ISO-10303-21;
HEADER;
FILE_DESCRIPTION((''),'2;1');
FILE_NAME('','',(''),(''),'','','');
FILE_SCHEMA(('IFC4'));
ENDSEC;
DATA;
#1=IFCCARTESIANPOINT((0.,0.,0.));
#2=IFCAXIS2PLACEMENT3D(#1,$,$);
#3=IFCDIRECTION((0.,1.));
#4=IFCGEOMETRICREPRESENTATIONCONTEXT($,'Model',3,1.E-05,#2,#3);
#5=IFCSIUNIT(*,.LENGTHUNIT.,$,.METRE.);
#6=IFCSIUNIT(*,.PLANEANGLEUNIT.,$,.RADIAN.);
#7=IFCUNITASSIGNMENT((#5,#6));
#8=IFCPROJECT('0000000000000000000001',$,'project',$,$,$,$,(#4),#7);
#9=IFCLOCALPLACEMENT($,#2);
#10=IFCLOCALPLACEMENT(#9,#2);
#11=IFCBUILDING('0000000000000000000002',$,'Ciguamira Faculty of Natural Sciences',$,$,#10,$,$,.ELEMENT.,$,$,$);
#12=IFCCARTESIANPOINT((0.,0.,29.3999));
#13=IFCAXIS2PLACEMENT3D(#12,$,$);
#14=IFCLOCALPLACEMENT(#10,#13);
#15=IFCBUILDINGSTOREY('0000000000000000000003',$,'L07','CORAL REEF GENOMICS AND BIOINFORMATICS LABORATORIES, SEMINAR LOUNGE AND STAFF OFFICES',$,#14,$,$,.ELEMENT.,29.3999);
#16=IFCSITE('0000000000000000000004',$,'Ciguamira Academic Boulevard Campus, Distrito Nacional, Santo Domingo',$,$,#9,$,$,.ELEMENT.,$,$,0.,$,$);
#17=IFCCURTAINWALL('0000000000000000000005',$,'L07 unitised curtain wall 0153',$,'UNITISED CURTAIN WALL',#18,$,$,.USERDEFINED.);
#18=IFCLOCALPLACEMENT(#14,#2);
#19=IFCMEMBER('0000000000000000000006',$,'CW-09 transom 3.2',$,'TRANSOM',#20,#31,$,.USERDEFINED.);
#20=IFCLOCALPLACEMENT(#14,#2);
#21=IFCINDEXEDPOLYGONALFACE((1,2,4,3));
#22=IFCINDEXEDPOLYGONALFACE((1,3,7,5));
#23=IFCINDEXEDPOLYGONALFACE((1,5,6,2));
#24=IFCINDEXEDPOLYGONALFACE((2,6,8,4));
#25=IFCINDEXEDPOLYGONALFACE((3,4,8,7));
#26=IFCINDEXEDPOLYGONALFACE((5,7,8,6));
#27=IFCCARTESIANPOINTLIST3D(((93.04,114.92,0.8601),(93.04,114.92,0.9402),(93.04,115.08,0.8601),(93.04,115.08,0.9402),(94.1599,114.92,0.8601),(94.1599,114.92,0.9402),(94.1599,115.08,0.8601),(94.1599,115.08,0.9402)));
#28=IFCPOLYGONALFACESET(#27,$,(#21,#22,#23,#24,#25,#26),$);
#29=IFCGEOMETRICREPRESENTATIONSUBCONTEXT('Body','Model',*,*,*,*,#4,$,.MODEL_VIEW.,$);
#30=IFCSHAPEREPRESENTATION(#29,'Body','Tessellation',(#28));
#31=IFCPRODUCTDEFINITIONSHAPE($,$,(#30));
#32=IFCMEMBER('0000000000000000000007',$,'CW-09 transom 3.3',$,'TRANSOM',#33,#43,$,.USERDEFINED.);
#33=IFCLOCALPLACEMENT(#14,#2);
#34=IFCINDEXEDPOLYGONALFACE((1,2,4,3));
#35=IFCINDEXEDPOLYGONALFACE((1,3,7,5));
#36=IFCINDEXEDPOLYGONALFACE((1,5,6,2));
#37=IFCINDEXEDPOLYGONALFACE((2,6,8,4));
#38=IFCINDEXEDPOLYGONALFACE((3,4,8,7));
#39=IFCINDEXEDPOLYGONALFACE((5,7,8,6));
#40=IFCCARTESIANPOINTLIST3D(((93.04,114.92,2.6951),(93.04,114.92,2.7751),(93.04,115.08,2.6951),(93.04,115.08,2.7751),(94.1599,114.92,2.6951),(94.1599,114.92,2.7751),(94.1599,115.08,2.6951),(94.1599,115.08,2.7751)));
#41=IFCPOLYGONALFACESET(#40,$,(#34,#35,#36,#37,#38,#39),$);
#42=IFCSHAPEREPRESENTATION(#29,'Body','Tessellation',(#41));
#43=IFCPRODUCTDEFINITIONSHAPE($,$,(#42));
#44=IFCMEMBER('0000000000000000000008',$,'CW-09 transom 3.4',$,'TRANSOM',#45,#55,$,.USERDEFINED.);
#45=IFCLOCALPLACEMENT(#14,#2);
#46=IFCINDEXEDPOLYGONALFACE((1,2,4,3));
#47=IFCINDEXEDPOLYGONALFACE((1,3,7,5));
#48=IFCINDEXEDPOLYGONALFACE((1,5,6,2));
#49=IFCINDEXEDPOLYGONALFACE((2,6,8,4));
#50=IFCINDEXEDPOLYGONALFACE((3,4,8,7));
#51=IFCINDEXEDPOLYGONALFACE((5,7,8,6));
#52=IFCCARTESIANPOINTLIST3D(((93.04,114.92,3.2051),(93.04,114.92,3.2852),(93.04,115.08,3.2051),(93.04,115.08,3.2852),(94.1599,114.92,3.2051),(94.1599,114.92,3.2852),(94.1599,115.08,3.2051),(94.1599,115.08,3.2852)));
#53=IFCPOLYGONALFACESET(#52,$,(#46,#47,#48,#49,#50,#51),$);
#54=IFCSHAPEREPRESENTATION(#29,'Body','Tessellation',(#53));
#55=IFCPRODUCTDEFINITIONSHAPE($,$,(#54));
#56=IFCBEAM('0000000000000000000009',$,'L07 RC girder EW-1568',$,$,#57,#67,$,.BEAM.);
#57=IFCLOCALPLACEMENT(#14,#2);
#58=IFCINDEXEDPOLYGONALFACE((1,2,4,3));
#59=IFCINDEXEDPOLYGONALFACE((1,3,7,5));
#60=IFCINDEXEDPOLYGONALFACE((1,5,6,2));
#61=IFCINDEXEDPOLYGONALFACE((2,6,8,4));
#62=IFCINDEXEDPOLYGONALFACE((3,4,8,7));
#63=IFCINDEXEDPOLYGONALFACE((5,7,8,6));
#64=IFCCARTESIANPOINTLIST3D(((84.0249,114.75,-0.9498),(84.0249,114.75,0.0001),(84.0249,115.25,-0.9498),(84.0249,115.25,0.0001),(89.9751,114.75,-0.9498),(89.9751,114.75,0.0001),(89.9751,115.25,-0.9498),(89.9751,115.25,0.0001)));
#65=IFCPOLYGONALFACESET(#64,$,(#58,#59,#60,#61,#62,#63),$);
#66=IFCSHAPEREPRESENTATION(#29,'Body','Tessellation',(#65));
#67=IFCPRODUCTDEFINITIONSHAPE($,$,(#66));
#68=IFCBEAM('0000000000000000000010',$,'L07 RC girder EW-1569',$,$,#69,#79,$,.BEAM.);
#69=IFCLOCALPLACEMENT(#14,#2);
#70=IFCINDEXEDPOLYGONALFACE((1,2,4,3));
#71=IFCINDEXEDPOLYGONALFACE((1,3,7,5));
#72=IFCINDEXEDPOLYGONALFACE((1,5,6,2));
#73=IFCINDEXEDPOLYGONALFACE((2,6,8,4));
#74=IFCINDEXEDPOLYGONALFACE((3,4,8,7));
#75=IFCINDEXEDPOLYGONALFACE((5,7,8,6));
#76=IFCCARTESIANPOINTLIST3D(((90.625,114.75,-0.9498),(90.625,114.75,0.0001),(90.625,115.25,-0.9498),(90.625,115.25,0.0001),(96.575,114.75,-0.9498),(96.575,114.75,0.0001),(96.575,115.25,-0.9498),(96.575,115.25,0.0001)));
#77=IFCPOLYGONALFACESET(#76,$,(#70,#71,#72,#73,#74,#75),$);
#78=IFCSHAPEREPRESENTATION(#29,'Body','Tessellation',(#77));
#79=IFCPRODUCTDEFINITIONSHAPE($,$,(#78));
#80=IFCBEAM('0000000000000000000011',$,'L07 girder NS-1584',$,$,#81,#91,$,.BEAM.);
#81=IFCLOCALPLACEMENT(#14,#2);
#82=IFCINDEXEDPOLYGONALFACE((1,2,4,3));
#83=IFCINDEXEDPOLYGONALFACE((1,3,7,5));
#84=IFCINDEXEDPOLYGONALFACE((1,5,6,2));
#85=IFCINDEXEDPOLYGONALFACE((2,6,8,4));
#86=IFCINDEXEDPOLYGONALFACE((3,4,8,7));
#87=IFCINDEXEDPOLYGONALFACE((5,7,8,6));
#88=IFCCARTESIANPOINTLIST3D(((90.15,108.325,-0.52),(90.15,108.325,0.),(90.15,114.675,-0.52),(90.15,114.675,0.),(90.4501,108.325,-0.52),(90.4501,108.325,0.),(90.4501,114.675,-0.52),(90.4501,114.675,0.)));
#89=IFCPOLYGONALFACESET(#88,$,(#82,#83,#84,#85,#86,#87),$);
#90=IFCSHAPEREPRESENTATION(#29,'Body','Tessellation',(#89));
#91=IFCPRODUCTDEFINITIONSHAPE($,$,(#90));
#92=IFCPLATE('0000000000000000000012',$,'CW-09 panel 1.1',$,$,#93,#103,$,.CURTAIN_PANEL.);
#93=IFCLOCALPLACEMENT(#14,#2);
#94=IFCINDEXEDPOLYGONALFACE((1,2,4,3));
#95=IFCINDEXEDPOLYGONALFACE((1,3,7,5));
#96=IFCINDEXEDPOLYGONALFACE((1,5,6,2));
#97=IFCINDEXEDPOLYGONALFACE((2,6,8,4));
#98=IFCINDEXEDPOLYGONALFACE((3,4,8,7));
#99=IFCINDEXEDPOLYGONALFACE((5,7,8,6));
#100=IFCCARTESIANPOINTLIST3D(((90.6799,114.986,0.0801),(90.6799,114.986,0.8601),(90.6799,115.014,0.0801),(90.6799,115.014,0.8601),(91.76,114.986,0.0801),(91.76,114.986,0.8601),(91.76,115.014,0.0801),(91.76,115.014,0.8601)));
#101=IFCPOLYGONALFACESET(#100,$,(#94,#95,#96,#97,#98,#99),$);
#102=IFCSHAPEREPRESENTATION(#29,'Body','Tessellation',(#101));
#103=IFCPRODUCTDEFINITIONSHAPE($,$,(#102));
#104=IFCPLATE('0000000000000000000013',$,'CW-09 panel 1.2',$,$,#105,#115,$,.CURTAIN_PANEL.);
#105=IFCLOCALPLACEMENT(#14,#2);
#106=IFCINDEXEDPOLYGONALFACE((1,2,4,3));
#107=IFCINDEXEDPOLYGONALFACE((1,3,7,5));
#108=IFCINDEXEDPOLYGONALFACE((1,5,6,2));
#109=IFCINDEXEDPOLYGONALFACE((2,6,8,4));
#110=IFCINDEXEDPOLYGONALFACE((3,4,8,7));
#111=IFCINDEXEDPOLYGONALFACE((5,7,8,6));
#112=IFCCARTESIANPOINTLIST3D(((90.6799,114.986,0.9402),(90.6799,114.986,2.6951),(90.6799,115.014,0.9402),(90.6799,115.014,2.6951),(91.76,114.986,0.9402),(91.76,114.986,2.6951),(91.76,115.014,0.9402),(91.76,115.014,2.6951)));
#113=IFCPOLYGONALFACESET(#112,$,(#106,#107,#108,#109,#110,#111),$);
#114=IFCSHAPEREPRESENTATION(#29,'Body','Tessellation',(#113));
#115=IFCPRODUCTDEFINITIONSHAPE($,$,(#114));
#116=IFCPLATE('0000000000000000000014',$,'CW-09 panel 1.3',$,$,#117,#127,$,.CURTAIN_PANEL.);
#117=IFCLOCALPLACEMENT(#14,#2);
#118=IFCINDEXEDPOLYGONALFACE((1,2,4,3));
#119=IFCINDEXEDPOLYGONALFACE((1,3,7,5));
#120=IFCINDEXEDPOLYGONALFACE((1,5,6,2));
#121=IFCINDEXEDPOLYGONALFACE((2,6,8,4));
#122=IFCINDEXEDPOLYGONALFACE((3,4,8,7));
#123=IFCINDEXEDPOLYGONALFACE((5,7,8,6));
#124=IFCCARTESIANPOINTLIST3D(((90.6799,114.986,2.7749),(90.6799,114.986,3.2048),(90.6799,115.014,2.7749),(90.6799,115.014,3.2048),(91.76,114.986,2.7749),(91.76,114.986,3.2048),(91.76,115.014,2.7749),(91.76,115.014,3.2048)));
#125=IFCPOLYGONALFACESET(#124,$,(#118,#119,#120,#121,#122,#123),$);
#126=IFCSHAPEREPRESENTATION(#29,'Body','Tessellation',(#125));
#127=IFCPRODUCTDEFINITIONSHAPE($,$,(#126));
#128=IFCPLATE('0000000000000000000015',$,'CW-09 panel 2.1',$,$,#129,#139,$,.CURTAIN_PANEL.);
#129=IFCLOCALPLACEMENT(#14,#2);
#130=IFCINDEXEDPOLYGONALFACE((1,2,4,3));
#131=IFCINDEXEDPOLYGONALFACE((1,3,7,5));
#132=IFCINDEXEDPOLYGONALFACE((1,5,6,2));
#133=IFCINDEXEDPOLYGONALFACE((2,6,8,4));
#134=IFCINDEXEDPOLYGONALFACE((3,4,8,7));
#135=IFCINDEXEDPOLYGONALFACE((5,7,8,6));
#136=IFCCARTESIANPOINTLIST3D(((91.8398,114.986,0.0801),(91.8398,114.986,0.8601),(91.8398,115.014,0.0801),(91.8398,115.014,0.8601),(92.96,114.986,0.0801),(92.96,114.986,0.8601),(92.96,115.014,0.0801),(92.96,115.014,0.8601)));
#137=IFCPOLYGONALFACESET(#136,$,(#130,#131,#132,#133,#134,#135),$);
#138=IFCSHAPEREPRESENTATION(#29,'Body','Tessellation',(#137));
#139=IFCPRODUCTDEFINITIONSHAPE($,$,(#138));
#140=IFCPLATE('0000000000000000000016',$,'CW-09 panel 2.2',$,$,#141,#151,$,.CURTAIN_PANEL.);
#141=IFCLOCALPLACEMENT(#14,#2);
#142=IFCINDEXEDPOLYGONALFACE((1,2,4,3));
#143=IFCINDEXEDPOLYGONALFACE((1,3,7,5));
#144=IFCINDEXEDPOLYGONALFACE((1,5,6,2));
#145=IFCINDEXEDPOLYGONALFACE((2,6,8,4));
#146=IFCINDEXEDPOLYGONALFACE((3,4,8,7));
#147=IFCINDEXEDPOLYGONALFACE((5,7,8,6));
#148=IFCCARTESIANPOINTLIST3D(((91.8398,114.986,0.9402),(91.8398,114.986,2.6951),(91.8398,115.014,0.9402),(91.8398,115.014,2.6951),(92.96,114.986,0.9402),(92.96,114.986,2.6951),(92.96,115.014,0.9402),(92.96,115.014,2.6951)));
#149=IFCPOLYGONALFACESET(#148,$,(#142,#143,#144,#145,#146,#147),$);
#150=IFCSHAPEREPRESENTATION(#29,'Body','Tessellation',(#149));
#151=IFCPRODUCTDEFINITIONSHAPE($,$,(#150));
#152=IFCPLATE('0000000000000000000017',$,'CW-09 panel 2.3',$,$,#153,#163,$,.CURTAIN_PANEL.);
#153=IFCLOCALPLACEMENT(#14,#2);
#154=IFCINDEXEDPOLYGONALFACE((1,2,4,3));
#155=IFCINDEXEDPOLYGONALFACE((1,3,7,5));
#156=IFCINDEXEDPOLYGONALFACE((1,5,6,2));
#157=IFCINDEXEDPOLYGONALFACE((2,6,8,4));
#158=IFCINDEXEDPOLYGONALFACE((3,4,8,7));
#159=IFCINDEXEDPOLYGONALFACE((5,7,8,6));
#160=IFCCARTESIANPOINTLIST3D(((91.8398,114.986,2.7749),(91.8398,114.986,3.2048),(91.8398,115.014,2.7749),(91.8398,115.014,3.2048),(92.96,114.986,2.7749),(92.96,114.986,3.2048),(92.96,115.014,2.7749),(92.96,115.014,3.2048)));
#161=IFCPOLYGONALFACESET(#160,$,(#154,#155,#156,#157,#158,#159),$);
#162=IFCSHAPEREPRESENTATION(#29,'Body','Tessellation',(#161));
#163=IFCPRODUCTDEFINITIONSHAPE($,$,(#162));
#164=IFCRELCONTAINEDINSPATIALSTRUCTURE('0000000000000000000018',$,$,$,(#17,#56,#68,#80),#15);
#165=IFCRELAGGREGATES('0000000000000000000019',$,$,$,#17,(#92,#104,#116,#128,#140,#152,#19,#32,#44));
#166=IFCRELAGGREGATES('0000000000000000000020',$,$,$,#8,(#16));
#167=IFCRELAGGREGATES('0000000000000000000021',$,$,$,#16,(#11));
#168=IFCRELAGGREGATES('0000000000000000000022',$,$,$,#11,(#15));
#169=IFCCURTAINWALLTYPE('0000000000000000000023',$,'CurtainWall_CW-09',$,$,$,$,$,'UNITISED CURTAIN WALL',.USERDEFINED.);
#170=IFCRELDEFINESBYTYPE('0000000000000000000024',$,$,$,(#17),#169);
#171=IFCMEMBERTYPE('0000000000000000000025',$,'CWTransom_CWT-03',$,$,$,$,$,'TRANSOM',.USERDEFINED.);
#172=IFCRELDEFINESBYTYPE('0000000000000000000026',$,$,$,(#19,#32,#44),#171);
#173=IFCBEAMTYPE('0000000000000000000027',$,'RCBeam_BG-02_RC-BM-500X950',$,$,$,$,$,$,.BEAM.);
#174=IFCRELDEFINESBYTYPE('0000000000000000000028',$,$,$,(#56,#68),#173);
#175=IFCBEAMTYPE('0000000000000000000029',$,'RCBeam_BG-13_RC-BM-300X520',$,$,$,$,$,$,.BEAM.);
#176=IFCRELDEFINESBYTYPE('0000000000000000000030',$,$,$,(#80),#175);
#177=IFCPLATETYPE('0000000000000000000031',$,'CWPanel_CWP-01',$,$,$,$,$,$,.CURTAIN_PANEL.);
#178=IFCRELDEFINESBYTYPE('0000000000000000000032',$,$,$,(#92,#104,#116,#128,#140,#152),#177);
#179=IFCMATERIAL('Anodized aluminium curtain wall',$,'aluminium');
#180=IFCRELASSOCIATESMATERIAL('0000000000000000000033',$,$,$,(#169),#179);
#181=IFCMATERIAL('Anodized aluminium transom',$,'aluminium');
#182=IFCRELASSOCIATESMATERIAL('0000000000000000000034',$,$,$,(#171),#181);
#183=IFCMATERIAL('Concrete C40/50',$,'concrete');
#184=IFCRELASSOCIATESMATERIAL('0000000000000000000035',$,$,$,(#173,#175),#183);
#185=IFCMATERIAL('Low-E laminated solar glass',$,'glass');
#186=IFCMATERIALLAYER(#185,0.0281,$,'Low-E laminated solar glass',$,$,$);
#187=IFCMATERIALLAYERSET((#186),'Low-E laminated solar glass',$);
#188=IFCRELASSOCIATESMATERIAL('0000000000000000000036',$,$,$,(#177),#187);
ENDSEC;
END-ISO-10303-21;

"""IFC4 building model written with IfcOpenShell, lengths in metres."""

from ifc_helpers import new_model, si_unit, direction, frame, origin, origin_2d, place, context, subcontext, project, spatial, rectangle, extrude, material, layer, layer_set, material_profile, profile_set, type_object, element, aggregate, save


model = new_model("IFC4")

# Units and contexts
model_context = context("Model", 3, precision=1e-05, world=origin(), true_north=direction((0.0, 1.0)))
body_context = subcontext(model_context, "Body", "Model", "MODEL_VIEW")
ifc_project = project(units=[si_unit("LENGTHUNIT", "METRE"), si_unit("PLANEANGLEUNIT", "RADIAN")], contexts=[model_context])

# Site, building, storey
site_placement = place(None, origin())
site = spatial("IfcSite", under=ifc_project, at=site_placement, Name="Ciguamira Academic Boulevard Campus, Distrito Nacional, Santo Domingo", CompositionType="ELEMENT", RefElevation=0.0)
building_placement = place(site_placement, origin())
building = spatial("IfcBuilding", under=site, at=building_placement, Name="Ciguamira Faculty of Natural Sciences", CompositionType="ELEMENT")
storey_placement = place(building_placement, frame((0.0, 0.0, 29.3999)))
storey = spatial("IfcBuildingStorey", under=building, at=storey_placement, Name="L07", Description="CORAL REEF GENOMICS AND BIOINFORMATICS LABORATORIES, SEMINAR LOUNGE AND STAFF OFFICES", CompositionType="ELEMENT", Elevation=29.3999)

# Shared definitions
ifc_material_1 = material(Name="Concrete C40/50", Category="concrete")

# Curtain wall, members
ifc_material_2 = material(Name="Anodized aluminium curtain wall", Category="aluminium")
curtain_wall_type = type_object("IfcCurtainWallType", Name="CurtainWall_CW-09", ElementType="UNITISED CURTAIN WALL", PredefinedType="USERDEFINED", material=ifc_material_2)
curtain_wall_placement = place(storey_placement, origin())
curtain_wall = element("IfcCurtainWall", 1, at=curtain_wall_placement, inside=storey, type_object=curtain_wall_type, Name="L07 unitised curtain wall 0153", ObjectType="UNITISED CURTAIN WALL", PredefinedType="USERDEFINED")
ifc_material_3 = material(Name="Anodized aluminium transom", Category="aluminium")
ifc_material_profile_1 = material_profile(ifc_material_3, rectangle(XDim=0.0801, YDim=0.1599, at=origin_2d()), Name="ALU-TRN-80X160")
ifc_profile_set_1 = profile_set([ifc_material_profile_1], Name="Anodized aluminium transom")
member_type_1 = type_object("IfcMemberType", Name="CWTransom_CWT-03", ElementType="TRANSOM", PredefinedType="USERDEFINED", material=ifc_profile_set_1)
member_1_placement = place(storey_placement, frame((93.04, 115.0, 0.9001), z_axis=(1.0, 0.0, 0.0), x_axis=(0.0, 0.0, 1.0)))
member_1 = element("IfcMember", 2, at=member_1_placement, type_object=member_type_1, Name="CW-09 transom 3.2", ObjectType="TRANSOM", PredefinedType="USERDEFINED", context=body_context, shape_type="SweptSolid", body=[
    extrude(rectangle(XDim=0.0801, YDim=0.1599, at=origin_2d()), origin(), (0.0, 0.0, 1.0), 1.1199),
])
member_2_placement = place(storey_placement, frame((93.04, 115.0, 2.7351), z_axis=(1.0, 0.0, 0.0), x_axis=(0.0, 0.0, 1.0)))
member_2 = element("IfcMember", 3, at=member_2_placement, type_object=member_type_1, Name="CW-09 transom 3.3", ObjectType="TRANSOM", PredefinedType="USERDEFINED", context=body_context, shape_type="SweptSolid", body=[
    extrude(rectangle(XDim=0.0801, YDim=0.1599, at=origin_2d()), origin(), (0.0, 0.0, 1.0), 1.1199),
])
member_3_placement = place(storey_placement, frame((93.04, 115.0, 3.2451), z_axis=(1.0, 0.0, 0.0), x_axis=(0.0, 0.0, 1.0)))
member_3 = element("IfcMember", 4, at=member_3_placement, type_object=member_type_1, Name="CW-09 transom 3.4", ObjectType="TRANSOM", PredefinedType="USERDEFINED", context=body_context, shape_type="SweptSolid", body=[
    extrude(rectangle(XDim=0.0801, YDim=0.1599, at=origin_2d()), origin(), (0.0, 0.0, 1.0), 1.1199),
])

# Beams
ifc_material_profile_2 = material_profile(ifc_material_1, rectangle(XDim=0.5, YDim=0.95, at=origin_2d()), Name="RC-BM-500X950")
ifc_profile_set_2 = profile_set([ifc_material_profile_2], Name="Concrete C40/50")
beam_type_1 = type_object("IfcBeamType", Name="RCBeam_BG-02_RC-BM-500X950", PredefinedType="BEAM", material=ifc_profile_set_2)
beam_1_placement = place(storey_placement, frame((84.0249, 115.0, -0.4749), z_axis=(1.0, 0.0, 0.0), x_axis=(0.0, 1.0, 0.0)))
element("IfcBeam", 5, at=beam_1_placement, inside=storey, type_object=beam_type_1, Name="L07 RC girder EW-1568", PredefinedType="BEAM", context=body_context, shape_type="SweptSolid", body=[
    extrude(rectangle(XDim=0.5, YDim=0.95, at=origin_2d()), origin(), (0.0, 0.0, 1.0), 5.9502),
])
beam_2_placement = place(storey_placement, frame((90.625, 115.0, -0.4749), z_axis=(1.0, 0.0, 0.0), x_axis=(0.0, 1.0, 0.0)))
element("IfcBeam", 6, at=beam_2_placement, inside=storey, type_object=beam_type_1, Name="L07 RC girder EW-1569", PredefinedType="BEAM", context=body_context, shape_type="SweptSolid", body=[
    extrude(rectangle(XDim=0.5, YDim=0.95, at=origin_2d()), origin(), (0.0, 0.0, 1.0), 5.95),
])
ifc_material_profile_3 = material_profile(ifc_material_1, rectangle(XDim=0.3, YDim=0.52, at=origin_2d()), Name="RC-BM-300X520")
ifc_profile_set_3 = profile_set([ifc_material_profile_3], Name="Concrete C40/50")
beam_type_2 = type_object("IfcBeamType", Name="RCBeam_BG-13_RC-BM-300X520", PredefinedType="BEAM", material=ifc_profile_set_3)
beam_3_placement = place(storey_placement, frame((90.3, 108.325, -0.26), z_axis=(0.0, 1.0, 0.0), x_axis=(-1.0, 0.0, 0.0)))
element("IfcBeam", 7, at=beam_3_placement, inside=storey, type_object=beam_type_2, Name="L07 girder NS-1584", PredefinedType="BEAM", context=body_context, shape_type="SweptSolid", body=[
    extrude(rectangle(XDim=0.3, YDim=0.52, at=origin_2d()), origin(), (0.0, 0.0, 1.0), 6.3501),
])

# Plates
ifc_material_4 = material(Name="Low-E laminated solar glass", Category="glass")
ifc_layer_1 = layer(ifc_material_4, 0.0281, Name="Low-E laminated solar glass")
ifc_layer_set_1 = layer_set([ifc_layer_1], Name="Low-E laminated solar glass")
plate_type = type_object("IfcPlateType", Name="CWPanel_CWP-01", PredefinedType="CURTAIN_PANEL", material=ifc_layer_set_1)
plate_1_placement = place(storey_placement, frame((91.22, 115.0, 0.0801), z_axis=(0.0, 0.0, 1.0), x_axis=(1.0, 0.0, 0.0)))
plate_1 = element("IfcPlate", 8, at=plate_1_placement, type_object=plate_type, Name="CW-09 panel 1.1", PredefinedType="CURTAIN_PANEL", context=body_context, shape_type="SweptSolid", body=[
    extrude(rectangle(XDim=1.0801, YDim=0.0281, at=origin_2d()), origin(), (0.0, 0.0, 1.0), 0.78),
])
plate_2_placement = place(storey_placement, frame((91.22, 115.0, 0.9402), z_axis=(0.0, 0.0, 1.0), x_axis=(1.0, 0.0, 0.0)))
plate_2 = element("IfcPlate", 9, at=plate_2_placement, type_object=plate_type, Name="CW-09 panel 1.2", PredefinedType="CURTAIN_PANEL", context=body_context, shape_type="SweptSolid", body=[
    extrude(rectangle(XDim=1.0801, YDim=0.0281, at=origin_2d()), origin(), (0.0, 0.0, 1.0), 1.7549),
])
plate_3_placement = place(storey_placement, frame((91.22, 115.0, 2.7749), z_axis=(0.0, 0.0, 1.0), x_axis=(1.0, 0.0, 0.0)))
plate_3 = element("IfcPlate", 10, at=plate_3_placement, type_object=plate_type, Name="CW-09 panel 1.3", PredefinedType="CURTAIN_PANEL", context=body_context, shape_type="SweptSolid", body=[
    extrude(rectangle(XDim=1.0801, YDim=0.0281, at=origin_2d()), origin(), (0.0, 0.0, 1.0), 0.4299),
])
plate_4_placement = place(storey_placement, frame((92.3999, 115.0, 0.0801), z_axis=(0.0, 0.0, 1.0), x_axis=(1.0, 0.0, 0.0)))
plate_4 = element("IfcPlate", 11, at=plate_4_placement, type_object=plate_type, Name="CW-09 panel 2.1", PredefinedType="CURTAIN_PANEL", context=body_context, shape_type="SweptSolid", body=[
    extrude(rectangle(XDim=1.1201, YDim=0.0281, at=origin_2d()), origin(), (0.0, 0.0, 1.0), 0.78),
])
plate_5_placement = place(storey_placement, frame((92.3999, 115.0, 0.9402), z_axis=(0.0, 0.0, 1.0), x_axis=(1.0, 0.0, 0.0)))
plate_5 = element("IfcPlate", 12, at=plate_5_placement, type_object=plate_type, Name="CW-09 panel 2.2", PredefinedType="CURTAIN_PANEL", context=body_context, shape_type="SweptSolid", body=[
    extrude(rectangle(XDim=1.1201, YDim=0.0281, at=origin_2d()), origin(), (0.0, 0.0, 1.0), 1.7549),
])
plate_6_placement = place(storey_placement, frame((92.3999, 115.0, 2.7749), z_axis=(0.0, 0.0, 1.0), x_axis=(1.0, 0.0, 0.0)))
plate_6 = element("IfcPlate", 13, at=plate_6_placement, type_object=plate_type, Name="CW-09 panel 2.3", PredefinedType="CURTAIN_PANEL", context=body_context, shape_type="SweptSolid", body=[
    extrude(rectangle(XDim=1.1201, YDim=0.0281, at=origin_2d()), origin(), (0.0, 0.0, 1.0), 0.4299),
])
aggregate(curtain_wall, [plate_1, plate_2, plate_3, plate_4, plate_5, plate_6, member_1, member_2, member_3])

save(model, "model.ifc")
